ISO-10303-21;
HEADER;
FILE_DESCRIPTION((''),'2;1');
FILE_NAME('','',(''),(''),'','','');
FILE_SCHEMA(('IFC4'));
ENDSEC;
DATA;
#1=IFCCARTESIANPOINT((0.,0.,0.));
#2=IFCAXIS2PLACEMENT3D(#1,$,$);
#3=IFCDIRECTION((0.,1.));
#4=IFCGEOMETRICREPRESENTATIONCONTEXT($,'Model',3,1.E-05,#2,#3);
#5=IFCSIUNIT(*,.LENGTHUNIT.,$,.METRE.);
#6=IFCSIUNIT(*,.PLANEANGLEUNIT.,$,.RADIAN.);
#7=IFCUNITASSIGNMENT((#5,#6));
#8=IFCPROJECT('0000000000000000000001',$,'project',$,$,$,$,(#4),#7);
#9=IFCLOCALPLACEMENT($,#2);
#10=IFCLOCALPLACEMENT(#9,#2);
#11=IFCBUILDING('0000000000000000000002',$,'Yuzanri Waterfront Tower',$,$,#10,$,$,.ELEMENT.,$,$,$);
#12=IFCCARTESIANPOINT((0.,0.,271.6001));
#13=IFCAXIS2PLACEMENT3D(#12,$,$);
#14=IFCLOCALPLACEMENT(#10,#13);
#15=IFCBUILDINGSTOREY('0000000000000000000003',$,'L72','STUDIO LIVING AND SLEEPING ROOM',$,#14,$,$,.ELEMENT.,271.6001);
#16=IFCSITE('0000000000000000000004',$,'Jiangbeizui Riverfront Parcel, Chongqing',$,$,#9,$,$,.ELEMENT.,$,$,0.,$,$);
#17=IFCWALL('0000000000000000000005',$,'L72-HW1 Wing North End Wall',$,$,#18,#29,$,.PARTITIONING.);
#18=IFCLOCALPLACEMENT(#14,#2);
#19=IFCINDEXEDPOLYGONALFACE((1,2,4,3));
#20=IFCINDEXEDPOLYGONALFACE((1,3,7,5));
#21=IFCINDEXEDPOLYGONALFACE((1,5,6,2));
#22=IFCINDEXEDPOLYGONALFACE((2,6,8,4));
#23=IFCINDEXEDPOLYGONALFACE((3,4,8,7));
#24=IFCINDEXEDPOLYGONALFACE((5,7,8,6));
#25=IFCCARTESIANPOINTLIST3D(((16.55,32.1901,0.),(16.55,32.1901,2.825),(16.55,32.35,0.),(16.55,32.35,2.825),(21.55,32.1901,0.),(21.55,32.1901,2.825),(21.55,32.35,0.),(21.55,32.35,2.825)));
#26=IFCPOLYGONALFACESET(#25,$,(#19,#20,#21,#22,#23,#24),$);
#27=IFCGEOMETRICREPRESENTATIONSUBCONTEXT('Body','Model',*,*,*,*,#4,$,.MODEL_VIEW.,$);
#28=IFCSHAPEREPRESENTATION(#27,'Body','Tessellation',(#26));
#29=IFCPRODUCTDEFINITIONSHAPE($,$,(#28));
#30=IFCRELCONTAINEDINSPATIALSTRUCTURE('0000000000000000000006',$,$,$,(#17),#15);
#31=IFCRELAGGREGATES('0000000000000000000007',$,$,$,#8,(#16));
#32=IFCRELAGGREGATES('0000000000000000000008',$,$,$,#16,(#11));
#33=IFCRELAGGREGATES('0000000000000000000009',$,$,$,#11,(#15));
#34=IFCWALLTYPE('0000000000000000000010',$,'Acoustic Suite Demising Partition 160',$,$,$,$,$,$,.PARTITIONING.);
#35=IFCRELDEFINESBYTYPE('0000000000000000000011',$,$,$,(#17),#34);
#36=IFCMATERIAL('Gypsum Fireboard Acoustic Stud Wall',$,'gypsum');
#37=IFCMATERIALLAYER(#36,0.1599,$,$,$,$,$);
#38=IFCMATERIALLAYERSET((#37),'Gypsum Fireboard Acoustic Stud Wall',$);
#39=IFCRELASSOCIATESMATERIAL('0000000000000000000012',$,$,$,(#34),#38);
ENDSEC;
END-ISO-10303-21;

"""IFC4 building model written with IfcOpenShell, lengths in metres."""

from ifc_helpers import new_model, si_unit, direction, frame, frame_2d, origin, place, context, subcontext, project, spatial, rectangle, extrude, source, transform, mapped, material, layer, layer_set, type_object, element, save


model = new_model("IFC4")

# Units and contexts
model_context = context("Model", 3, precision=1e-05, world=origin(), true_north=direction((0.0, 1.0)))
body_context = subcontext(model_context, "Body", "Model", "MODEL_VIEW")
ifc_project = project(units=[si_unit("LENGTHUNIT", "METRE"), si_unit("PLANEANGLEUNIT", "RADIAN")], contexts=[model_context])

# Site, building, storey
site_placement = place(None, origin())
site = spatial("IfcSite", under=ifc_project, at=site_placement, Name="Jiangbeizui Riverfront Parcel, Chongqing", CompositionType="ELEMENT", RefElevation=0.0)
building_placement = place(site_placement, origin())
building = spatial("IfcBuilding", under=site, at=building_placement, Name="Yuzanri Waterfront Tower", CompositionType="ELEMENT")
storey_placement = place(building_placement, frame((0.0, 0.0, 271.6001)))
storey = spatial("IfcBuildingStorey", under=building, at=storey_placement, Name="L72", Description="STUDIO LIVING AND SLEEPING ROOM", CompositionType="ELEMENT", Elevation=271.6001)

# Wall
ifc_material_1 = material(Name="Gypsum Fireboard Acoustic Stud Wall", Category="gypsum")
ifc_layer_1 = layer(ifc_material_1, 0.1599)
ifc_layer_set_1 = layer_set([ifc_layer_1], Name="Gypsum Fireboard Acoustic Stud Wall")
wall_type_1 = type_object("IfcWallType", Name="Acoustic Suite Demising Partition 160", PredefinedType="PARTITIONING", material=ifc_layer_set_1)
shared_shape_1 = source(origin(), body_context, "Body", "SweptSolid", [
    extrude(rectangle(XDim=5.0, YDim=0.1599, at=frame_2d((2.5, 0.0))), origin(), (0.0, 0.0, 1.0), 2.825),
])
wall_1_placement = place(storey_placement, frame((16.55, 32.27, 0.0), z_axis=(0.0, 0.0, 1.0), x_axis=(1.0, 0.0, 0.0)))
element("IfcWall", 1, at=wall_1_placement, inside=storey, type_object=wall_type_1, Name="L72-HW1 Wing North End Wall", PredefinedType="PARTITIONING", context=body_context, shape_type="MappedRepresentation", body=[
    mapped(shared_shape_1, transform((0.0, 0.0, 0.0), scale=1.0)),
])

save(model, "model.ifc")
